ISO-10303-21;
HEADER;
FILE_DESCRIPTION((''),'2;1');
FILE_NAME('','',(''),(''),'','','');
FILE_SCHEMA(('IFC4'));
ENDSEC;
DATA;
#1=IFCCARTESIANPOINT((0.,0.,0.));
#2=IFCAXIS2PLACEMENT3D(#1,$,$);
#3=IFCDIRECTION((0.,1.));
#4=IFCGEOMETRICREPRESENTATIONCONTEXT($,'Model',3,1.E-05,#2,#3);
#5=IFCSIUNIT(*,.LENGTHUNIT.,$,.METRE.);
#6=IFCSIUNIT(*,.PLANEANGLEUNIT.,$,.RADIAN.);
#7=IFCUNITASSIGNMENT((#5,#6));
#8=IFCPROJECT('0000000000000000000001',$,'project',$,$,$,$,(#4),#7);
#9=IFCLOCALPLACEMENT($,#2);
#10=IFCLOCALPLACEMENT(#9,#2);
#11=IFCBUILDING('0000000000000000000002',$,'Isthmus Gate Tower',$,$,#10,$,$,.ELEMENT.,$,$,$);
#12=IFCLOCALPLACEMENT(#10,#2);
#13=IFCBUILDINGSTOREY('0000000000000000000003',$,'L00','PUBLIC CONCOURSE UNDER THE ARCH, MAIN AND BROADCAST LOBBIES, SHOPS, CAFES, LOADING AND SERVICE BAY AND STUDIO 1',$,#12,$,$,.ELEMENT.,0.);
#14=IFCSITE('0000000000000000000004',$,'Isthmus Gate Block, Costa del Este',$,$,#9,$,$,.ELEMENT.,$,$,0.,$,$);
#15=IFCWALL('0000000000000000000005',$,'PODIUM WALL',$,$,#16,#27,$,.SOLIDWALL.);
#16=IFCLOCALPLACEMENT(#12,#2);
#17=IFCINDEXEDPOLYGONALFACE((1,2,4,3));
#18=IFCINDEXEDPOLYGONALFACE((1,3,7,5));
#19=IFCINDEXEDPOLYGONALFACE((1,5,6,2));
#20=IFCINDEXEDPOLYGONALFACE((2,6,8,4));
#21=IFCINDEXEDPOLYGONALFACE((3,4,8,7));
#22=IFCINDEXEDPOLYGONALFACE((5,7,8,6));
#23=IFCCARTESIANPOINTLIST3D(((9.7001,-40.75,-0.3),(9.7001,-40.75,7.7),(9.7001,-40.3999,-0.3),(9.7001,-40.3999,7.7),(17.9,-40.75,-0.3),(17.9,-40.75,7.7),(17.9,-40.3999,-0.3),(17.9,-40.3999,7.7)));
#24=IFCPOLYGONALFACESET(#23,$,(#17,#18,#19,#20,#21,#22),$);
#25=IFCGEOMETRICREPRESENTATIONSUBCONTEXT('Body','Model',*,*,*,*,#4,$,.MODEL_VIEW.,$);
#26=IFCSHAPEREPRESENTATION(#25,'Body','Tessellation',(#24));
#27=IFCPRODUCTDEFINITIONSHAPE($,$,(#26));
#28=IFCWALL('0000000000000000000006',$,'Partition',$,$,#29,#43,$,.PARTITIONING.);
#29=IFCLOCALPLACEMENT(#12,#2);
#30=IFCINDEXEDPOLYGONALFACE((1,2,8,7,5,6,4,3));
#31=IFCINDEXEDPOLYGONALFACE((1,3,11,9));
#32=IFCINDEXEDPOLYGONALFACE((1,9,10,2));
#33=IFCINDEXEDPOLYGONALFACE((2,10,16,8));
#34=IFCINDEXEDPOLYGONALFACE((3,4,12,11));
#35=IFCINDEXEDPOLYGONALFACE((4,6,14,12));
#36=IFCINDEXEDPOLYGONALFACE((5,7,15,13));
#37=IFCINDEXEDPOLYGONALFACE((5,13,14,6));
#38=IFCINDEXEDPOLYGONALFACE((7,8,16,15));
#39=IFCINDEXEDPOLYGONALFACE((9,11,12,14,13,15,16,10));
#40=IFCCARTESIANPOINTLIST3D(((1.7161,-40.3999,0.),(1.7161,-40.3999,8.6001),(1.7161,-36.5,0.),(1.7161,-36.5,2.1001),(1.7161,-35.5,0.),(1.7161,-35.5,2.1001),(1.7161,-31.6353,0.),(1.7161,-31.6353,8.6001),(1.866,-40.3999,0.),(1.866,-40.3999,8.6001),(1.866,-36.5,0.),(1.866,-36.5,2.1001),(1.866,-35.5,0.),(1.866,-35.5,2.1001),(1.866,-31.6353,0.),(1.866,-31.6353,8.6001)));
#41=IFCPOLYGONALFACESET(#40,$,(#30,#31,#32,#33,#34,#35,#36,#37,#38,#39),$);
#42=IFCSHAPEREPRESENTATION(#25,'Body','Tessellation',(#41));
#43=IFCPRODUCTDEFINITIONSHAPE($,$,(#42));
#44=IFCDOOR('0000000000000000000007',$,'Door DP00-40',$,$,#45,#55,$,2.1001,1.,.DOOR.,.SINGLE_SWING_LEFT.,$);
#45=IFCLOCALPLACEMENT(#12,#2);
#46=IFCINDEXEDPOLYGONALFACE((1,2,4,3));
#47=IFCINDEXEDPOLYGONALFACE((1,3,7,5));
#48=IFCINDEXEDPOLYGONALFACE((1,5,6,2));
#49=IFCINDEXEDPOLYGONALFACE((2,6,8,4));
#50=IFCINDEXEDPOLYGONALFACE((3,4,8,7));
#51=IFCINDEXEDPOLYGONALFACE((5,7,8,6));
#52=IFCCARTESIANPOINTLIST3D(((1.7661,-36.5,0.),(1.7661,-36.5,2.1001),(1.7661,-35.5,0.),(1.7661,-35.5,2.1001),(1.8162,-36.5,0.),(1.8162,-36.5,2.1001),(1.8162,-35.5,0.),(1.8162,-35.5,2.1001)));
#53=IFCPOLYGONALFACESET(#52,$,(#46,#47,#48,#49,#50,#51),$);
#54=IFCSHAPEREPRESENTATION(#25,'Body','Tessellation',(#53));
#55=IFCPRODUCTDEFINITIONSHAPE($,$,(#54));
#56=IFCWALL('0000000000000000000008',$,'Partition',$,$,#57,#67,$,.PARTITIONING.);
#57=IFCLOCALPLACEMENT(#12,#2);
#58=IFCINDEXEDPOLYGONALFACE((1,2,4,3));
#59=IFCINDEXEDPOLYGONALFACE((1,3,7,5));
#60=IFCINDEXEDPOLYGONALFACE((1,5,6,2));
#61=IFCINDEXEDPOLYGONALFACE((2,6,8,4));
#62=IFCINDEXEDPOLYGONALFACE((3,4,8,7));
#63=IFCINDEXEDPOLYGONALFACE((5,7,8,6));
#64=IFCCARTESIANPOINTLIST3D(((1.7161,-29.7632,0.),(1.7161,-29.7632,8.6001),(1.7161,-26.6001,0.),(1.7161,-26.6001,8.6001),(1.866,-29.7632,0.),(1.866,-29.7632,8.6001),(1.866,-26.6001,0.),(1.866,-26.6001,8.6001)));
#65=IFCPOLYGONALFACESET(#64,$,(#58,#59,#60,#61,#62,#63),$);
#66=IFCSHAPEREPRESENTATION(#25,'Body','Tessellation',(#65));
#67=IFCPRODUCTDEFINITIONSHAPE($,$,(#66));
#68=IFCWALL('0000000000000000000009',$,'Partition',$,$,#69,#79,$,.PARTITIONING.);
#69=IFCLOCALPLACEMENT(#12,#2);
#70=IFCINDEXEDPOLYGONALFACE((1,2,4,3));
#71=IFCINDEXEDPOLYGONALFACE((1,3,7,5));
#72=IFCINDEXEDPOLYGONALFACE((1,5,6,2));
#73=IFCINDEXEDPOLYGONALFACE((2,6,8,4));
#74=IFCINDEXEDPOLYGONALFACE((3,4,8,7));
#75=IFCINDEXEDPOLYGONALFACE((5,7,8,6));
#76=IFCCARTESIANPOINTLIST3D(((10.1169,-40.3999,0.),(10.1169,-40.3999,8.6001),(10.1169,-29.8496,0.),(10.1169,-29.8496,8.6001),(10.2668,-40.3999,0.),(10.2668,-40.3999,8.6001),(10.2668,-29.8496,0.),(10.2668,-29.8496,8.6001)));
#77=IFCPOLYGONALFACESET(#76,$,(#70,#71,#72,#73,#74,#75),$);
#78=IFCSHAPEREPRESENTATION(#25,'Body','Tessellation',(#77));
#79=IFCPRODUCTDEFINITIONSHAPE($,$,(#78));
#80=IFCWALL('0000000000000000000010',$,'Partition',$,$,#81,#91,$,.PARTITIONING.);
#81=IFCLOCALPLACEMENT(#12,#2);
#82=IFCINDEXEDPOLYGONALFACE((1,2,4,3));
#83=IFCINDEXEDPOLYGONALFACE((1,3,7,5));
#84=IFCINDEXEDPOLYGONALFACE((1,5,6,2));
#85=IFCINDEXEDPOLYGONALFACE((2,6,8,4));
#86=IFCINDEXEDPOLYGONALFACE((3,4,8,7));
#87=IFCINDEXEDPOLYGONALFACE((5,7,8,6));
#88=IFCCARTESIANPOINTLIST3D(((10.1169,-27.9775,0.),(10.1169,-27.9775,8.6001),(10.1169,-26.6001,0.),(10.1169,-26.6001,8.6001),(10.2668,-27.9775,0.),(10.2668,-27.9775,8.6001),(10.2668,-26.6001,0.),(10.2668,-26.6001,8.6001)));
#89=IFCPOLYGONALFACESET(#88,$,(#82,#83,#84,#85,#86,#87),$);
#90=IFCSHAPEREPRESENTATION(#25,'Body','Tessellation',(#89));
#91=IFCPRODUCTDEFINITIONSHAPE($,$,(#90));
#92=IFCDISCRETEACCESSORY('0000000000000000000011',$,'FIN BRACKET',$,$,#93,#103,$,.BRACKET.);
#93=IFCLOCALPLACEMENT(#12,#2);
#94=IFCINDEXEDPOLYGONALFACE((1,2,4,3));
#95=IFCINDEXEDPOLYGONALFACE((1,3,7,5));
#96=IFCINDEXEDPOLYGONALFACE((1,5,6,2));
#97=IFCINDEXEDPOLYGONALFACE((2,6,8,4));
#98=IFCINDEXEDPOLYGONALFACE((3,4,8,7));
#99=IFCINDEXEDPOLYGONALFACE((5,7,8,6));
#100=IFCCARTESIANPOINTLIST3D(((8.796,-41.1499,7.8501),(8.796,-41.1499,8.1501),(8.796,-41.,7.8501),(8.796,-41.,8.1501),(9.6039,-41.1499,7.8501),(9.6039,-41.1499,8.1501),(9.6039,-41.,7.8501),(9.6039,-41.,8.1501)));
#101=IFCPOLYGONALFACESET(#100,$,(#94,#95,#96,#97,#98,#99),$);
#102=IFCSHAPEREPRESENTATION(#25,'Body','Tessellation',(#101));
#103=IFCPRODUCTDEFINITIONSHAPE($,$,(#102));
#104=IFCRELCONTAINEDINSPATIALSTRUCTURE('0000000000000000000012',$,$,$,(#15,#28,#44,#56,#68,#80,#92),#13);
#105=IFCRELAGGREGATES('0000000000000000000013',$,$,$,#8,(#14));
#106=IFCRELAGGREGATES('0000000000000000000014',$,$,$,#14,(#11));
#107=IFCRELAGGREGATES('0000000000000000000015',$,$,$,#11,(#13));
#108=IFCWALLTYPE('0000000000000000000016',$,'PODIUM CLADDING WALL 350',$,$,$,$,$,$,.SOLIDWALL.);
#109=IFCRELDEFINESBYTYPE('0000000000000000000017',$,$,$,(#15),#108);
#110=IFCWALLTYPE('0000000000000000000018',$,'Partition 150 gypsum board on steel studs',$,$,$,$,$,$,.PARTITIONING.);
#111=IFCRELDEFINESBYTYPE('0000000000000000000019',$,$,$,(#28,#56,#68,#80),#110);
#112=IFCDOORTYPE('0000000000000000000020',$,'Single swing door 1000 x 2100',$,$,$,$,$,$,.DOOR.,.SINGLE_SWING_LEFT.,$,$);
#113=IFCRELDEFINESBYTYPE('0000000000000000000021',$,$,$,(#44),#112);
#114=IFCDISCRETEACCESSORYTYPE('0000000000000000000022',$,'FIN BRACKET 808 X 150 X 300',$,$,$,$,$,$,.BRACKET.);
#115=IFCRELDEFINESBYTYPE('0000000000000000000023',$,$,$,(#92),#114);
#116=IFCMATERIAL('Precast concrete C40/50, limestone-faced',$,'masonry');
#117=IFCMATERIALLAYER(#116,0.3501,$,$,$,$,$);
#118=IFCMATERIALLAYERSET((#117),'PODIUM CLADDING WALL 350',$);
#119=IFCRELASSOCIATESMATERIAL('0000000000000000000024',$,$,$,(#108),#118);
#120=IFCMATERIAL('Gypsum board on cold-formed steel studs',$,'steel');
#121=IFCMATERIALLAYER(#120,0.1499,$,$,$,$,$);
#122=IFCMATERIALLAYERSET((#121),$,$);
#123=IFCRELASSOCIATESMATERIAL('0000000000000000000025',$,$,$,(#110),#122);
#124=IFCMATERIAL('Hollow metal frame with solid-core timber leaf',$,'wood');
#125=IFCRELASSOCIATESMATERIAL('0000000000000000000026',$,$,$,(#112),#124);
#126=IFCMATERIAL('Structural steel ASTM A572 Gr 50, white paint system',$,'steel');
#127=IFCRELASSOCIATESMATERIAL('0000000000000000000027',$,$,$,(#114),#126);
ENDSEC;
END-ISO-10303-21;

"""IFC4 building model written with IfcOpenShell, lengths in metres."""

from ifc_helpers import new_model, si_unit, direction, frame, frame_2d, origin, origin_2d, place, context, subcontext, project, spatial, rectangle, extrude, material, layer, layer_set, type_object, element, fill, save


model = new_model("IFC4")

# Units and contexts
model_context = context("Model", 3, precision=1e-05, world=origin(), true_north=direction((0.0, 1.0)))
body_context = subcontext(model_context, "Body", "Model", "MODEL_VIEW")
ifc_project = project(units=[si_unit("LENGTHUNIT", "METRE"), si_unit("PLANEANGLEUNIT", "RADIAN")], contexts=[model_context])

# Site, building, storey
site_placement = place(None, origin())
site = spatial("IfcSite", under=ifc_project, at=site_placement, Name="Isthmus Gate Block, Costa del Este", CompositionType="ELEMENT", RefElevation=0.0)
building_placement = place(site_placement, origin())
building = spatial("IfcBuilding", under=site, at=building_placement, Name="Isthmus Gate Tower", CompositionType="ELEMENT")
storey_placement = place(building_placement, origin())
storey = spatial("IfcBuildingStorey", under=building, at=storey_placement, Name="L00", Description="PUBLIC CONCOURSE UNDER THE ARCH, MAIN AND BROADCAST LOBBIES, SHOPS, CAFES, LOADING AND SERVICE BAY AND STUDIO 1", CompositionType="ELEMENT", Elevation=0.0)

# Wall
ifc_material_1 = material(Name="Precast concrete C40/50, limestone-faced", Category="masonry")
ifc_layer_1 = layer(ifc_material_1, 0.3501)
ifc_layer_set_1 = layer_set([ifc_layer_1], Name="PODIUM CLADDING WALL 350")
wall_type_1 = type_object("IfcWallType", Name="PODIUM CLADDING WALL 350", PredefinedType="SOLIDWALL", material=ifc_layer_set_1)
for number, where, z_axis, x_axis, name in (
    (1, (9.7, -40.575, -0.3), (0.0, 0.0, 1.0), (1.0, 0.0, 0.0), "PODIUM WALL"),
):
    element("IfcWall", number, at=place(storey_placement, frame(where, z_axis=z_axis, x_axis=x_axis)), inside=storey, type_object=wall_type_1, Name=name, PredefinedType="SOLIDWALL", context=body_context, shape_type="SweptSolid", body=[
        extrude(rectangle(XDim=8.2, YDim=0.3501, at=frame_2d((4.1001, 0.0))), origin(), (0.0, 0.0, 1.0), 8.0),
    ])

# Wall, opening, door
ifc_material_2 = material(Name="Gypsum board on cold-formed steel studs", Category="steel")
ifc_layer_2 = layer(ifc_material_2, 0.1499)
ifc_layer_set_2 = layer_set([ifc_layer_2])
wall_type_2 = type_object("IfcWallType", Name="Partition 150 gypsum board on steel studs", PredefinedType="PARTITIONING", material=ifc_layer_set_2)
wall_1_placement = place(storey_placement, frame((1.791, -40.3999, 0.0), z_axis=(0.0, 0.0, 1.0), x_axis=(0.0, 1.0, 0.0)))
wall_1 = element("IfcWall", 2, at=wall_1_placement, inside=storey, type_object=wall_type_2, Name="Partition", PredefinedType="PARTITIONING", context=body_context, shape_type="SweptSolid", body=[
    extrude(rectangle(XDim=8.7646, YDim=0.1499, at=frame_2d((4.3823, 0.0))), origin(), (0.0, 0.0, 1.0), 8.6001),
])
opening_placement = place(wall_1_placement, frame((3.8999, 0.0, 0.0)))
opening = element("IfcOpeningElement", 3, at=opening_placement, cuts=wall_1, PredefinedType="OPENING", context=body_context, shape_type="SweptSolid", body=[
    extrude(rectangle(XDim=1.0, YDim=2.1001, at=frame_2d((0.5, 1.05))), frame((0.0, 0.085, 0.0), z_axis=(0.0, -1.0, 0.0), x_axis=(1.0, 0.0, 0.0)), (0.0, 0.0, 1.0), 0.1699),
])
ifc_material_3 = material(Name="Hollow metal frame with solid-core timber leaf", Category="wood")
door_type = type_object("IfcDoorType", Name="Single swing door 1000 x 2100", OperationType="SINGLE_SWING_LEFT", PredefinedType="DOOR", material=ifc_material_3)
door_placement = place(opening_placement, origin())
door = element("IfcDoor", 4, at=door_placement, inside=storey, type_object=door_type, Name="Door DP00-40", OperationType="SINGLE_SWING_LEFT", OverallHeight=2.1001, OverallWidth=1.0, PredefinedType="DOOR", context=body_context, shape_type="SweptSolid", body=[
    extrude(rectangle(XDim=1.0, YDim=2.1001, at=frame_2d((0.5, 1.05))), frame((0.0, 0.0249, 0.0), z_axis=(0.0, -1.0, 0.0), x_axis=(1.0, 0.0, 0.0)), (0.0, 0.0, 1.0), 0.05),
])
fill(opening, door)

# Walls
wall_2_placement = place(storey_placement, frame((1.791, -29.7632, 0.0), z_axis=(0.0, 0.0, 1.0), x_axis=(0.0, 1.0, 0.0)))
element("IfcWall", 5, at=wall_2_placement, inside=storey, type_object=wall_type_2, Name="Partition", PredefinedType="PARTITIONING", context=body_context, shape_type="SweptSolid", body=[
    extrude(rectangle(XDim=3.1631, YDim=0.1499, at=frame_2d((1.5815, 0.0))), origin(), (0.0, 0.0, 1.0), 8.6001),
])
wall_3_placement = place(storey_placement, frame((10.1919, -40.3999, 0.0), z_axis=(0.0, 0.0, 1.0), x_axis=(0.0, 1.0, 0.0)))
element("IfcWall", 6, at=wall_3_placement, inside=storey, type_object=wall_type_2, Name="Partition", PredefinedType="PARTITIONING", context=body_context, shape_type="SweptSolid", body=[
    extrude(rectangle(XDim=10.5503, YDim=0.1499, at=frame_2d((5.2751, 0.0))), origin(), (0.0, 0.0, 1.0), 8.6001),
])
wall_4_placement = place(storey_placement, frame((10.1919, -27.9775, 0.0), z_axis=(0.0, 0.0, 1.0), x_axis=(0.0, 1.0, 0.0)))
element("IfcWall", 7, at=wall_4_placement, inside=storey, type_object=wall_type_2, Name="Partition", PredefinedType="PARTITIONING", context=body_context, shape_type="SweptSolid", body=[
    extrude(rectangle(XDim=1.3774, YDim=0.1499, at=frame_2d((0.6887, 0.0))), origin(), (0.0, 0.0, 1.0), 8.6001),
])

# Discrete accessory
ifc_material_4 = material(Name="Structural steel ASTM A572 Gr 50, white paint system", Category="steel")
discrete_accessory_type = type_object("IfcDiscreteAccessoryType", Name="FIN BRACKET 808 X 150 X 300", PredefinedType="BRACKET", material=ifc_material_4)
discrete_accessory_placement = place(storey_placement, frame((9.2, -41.075, 7.8501), z_axis=(0.0, 0.0, 1.0), x_axis=(0.0, -1.0, 0.0)))
element("IfcDiscreteAccessory", 8, at=discrete_accessory_placement, inside=storey, type_object=discrete_accessory_type, Name="FIN BRACKET", PredefinedType="BRACKET", context=body_context, shape_type="SweptSolid", body=[
    extrude(rectangle(XDim=0.1499, YDim=0.8079, at=origin_2d()), origin(), (0.0, 0.0, 1.0), 0.3),
])

save(model, "model.ifc")
